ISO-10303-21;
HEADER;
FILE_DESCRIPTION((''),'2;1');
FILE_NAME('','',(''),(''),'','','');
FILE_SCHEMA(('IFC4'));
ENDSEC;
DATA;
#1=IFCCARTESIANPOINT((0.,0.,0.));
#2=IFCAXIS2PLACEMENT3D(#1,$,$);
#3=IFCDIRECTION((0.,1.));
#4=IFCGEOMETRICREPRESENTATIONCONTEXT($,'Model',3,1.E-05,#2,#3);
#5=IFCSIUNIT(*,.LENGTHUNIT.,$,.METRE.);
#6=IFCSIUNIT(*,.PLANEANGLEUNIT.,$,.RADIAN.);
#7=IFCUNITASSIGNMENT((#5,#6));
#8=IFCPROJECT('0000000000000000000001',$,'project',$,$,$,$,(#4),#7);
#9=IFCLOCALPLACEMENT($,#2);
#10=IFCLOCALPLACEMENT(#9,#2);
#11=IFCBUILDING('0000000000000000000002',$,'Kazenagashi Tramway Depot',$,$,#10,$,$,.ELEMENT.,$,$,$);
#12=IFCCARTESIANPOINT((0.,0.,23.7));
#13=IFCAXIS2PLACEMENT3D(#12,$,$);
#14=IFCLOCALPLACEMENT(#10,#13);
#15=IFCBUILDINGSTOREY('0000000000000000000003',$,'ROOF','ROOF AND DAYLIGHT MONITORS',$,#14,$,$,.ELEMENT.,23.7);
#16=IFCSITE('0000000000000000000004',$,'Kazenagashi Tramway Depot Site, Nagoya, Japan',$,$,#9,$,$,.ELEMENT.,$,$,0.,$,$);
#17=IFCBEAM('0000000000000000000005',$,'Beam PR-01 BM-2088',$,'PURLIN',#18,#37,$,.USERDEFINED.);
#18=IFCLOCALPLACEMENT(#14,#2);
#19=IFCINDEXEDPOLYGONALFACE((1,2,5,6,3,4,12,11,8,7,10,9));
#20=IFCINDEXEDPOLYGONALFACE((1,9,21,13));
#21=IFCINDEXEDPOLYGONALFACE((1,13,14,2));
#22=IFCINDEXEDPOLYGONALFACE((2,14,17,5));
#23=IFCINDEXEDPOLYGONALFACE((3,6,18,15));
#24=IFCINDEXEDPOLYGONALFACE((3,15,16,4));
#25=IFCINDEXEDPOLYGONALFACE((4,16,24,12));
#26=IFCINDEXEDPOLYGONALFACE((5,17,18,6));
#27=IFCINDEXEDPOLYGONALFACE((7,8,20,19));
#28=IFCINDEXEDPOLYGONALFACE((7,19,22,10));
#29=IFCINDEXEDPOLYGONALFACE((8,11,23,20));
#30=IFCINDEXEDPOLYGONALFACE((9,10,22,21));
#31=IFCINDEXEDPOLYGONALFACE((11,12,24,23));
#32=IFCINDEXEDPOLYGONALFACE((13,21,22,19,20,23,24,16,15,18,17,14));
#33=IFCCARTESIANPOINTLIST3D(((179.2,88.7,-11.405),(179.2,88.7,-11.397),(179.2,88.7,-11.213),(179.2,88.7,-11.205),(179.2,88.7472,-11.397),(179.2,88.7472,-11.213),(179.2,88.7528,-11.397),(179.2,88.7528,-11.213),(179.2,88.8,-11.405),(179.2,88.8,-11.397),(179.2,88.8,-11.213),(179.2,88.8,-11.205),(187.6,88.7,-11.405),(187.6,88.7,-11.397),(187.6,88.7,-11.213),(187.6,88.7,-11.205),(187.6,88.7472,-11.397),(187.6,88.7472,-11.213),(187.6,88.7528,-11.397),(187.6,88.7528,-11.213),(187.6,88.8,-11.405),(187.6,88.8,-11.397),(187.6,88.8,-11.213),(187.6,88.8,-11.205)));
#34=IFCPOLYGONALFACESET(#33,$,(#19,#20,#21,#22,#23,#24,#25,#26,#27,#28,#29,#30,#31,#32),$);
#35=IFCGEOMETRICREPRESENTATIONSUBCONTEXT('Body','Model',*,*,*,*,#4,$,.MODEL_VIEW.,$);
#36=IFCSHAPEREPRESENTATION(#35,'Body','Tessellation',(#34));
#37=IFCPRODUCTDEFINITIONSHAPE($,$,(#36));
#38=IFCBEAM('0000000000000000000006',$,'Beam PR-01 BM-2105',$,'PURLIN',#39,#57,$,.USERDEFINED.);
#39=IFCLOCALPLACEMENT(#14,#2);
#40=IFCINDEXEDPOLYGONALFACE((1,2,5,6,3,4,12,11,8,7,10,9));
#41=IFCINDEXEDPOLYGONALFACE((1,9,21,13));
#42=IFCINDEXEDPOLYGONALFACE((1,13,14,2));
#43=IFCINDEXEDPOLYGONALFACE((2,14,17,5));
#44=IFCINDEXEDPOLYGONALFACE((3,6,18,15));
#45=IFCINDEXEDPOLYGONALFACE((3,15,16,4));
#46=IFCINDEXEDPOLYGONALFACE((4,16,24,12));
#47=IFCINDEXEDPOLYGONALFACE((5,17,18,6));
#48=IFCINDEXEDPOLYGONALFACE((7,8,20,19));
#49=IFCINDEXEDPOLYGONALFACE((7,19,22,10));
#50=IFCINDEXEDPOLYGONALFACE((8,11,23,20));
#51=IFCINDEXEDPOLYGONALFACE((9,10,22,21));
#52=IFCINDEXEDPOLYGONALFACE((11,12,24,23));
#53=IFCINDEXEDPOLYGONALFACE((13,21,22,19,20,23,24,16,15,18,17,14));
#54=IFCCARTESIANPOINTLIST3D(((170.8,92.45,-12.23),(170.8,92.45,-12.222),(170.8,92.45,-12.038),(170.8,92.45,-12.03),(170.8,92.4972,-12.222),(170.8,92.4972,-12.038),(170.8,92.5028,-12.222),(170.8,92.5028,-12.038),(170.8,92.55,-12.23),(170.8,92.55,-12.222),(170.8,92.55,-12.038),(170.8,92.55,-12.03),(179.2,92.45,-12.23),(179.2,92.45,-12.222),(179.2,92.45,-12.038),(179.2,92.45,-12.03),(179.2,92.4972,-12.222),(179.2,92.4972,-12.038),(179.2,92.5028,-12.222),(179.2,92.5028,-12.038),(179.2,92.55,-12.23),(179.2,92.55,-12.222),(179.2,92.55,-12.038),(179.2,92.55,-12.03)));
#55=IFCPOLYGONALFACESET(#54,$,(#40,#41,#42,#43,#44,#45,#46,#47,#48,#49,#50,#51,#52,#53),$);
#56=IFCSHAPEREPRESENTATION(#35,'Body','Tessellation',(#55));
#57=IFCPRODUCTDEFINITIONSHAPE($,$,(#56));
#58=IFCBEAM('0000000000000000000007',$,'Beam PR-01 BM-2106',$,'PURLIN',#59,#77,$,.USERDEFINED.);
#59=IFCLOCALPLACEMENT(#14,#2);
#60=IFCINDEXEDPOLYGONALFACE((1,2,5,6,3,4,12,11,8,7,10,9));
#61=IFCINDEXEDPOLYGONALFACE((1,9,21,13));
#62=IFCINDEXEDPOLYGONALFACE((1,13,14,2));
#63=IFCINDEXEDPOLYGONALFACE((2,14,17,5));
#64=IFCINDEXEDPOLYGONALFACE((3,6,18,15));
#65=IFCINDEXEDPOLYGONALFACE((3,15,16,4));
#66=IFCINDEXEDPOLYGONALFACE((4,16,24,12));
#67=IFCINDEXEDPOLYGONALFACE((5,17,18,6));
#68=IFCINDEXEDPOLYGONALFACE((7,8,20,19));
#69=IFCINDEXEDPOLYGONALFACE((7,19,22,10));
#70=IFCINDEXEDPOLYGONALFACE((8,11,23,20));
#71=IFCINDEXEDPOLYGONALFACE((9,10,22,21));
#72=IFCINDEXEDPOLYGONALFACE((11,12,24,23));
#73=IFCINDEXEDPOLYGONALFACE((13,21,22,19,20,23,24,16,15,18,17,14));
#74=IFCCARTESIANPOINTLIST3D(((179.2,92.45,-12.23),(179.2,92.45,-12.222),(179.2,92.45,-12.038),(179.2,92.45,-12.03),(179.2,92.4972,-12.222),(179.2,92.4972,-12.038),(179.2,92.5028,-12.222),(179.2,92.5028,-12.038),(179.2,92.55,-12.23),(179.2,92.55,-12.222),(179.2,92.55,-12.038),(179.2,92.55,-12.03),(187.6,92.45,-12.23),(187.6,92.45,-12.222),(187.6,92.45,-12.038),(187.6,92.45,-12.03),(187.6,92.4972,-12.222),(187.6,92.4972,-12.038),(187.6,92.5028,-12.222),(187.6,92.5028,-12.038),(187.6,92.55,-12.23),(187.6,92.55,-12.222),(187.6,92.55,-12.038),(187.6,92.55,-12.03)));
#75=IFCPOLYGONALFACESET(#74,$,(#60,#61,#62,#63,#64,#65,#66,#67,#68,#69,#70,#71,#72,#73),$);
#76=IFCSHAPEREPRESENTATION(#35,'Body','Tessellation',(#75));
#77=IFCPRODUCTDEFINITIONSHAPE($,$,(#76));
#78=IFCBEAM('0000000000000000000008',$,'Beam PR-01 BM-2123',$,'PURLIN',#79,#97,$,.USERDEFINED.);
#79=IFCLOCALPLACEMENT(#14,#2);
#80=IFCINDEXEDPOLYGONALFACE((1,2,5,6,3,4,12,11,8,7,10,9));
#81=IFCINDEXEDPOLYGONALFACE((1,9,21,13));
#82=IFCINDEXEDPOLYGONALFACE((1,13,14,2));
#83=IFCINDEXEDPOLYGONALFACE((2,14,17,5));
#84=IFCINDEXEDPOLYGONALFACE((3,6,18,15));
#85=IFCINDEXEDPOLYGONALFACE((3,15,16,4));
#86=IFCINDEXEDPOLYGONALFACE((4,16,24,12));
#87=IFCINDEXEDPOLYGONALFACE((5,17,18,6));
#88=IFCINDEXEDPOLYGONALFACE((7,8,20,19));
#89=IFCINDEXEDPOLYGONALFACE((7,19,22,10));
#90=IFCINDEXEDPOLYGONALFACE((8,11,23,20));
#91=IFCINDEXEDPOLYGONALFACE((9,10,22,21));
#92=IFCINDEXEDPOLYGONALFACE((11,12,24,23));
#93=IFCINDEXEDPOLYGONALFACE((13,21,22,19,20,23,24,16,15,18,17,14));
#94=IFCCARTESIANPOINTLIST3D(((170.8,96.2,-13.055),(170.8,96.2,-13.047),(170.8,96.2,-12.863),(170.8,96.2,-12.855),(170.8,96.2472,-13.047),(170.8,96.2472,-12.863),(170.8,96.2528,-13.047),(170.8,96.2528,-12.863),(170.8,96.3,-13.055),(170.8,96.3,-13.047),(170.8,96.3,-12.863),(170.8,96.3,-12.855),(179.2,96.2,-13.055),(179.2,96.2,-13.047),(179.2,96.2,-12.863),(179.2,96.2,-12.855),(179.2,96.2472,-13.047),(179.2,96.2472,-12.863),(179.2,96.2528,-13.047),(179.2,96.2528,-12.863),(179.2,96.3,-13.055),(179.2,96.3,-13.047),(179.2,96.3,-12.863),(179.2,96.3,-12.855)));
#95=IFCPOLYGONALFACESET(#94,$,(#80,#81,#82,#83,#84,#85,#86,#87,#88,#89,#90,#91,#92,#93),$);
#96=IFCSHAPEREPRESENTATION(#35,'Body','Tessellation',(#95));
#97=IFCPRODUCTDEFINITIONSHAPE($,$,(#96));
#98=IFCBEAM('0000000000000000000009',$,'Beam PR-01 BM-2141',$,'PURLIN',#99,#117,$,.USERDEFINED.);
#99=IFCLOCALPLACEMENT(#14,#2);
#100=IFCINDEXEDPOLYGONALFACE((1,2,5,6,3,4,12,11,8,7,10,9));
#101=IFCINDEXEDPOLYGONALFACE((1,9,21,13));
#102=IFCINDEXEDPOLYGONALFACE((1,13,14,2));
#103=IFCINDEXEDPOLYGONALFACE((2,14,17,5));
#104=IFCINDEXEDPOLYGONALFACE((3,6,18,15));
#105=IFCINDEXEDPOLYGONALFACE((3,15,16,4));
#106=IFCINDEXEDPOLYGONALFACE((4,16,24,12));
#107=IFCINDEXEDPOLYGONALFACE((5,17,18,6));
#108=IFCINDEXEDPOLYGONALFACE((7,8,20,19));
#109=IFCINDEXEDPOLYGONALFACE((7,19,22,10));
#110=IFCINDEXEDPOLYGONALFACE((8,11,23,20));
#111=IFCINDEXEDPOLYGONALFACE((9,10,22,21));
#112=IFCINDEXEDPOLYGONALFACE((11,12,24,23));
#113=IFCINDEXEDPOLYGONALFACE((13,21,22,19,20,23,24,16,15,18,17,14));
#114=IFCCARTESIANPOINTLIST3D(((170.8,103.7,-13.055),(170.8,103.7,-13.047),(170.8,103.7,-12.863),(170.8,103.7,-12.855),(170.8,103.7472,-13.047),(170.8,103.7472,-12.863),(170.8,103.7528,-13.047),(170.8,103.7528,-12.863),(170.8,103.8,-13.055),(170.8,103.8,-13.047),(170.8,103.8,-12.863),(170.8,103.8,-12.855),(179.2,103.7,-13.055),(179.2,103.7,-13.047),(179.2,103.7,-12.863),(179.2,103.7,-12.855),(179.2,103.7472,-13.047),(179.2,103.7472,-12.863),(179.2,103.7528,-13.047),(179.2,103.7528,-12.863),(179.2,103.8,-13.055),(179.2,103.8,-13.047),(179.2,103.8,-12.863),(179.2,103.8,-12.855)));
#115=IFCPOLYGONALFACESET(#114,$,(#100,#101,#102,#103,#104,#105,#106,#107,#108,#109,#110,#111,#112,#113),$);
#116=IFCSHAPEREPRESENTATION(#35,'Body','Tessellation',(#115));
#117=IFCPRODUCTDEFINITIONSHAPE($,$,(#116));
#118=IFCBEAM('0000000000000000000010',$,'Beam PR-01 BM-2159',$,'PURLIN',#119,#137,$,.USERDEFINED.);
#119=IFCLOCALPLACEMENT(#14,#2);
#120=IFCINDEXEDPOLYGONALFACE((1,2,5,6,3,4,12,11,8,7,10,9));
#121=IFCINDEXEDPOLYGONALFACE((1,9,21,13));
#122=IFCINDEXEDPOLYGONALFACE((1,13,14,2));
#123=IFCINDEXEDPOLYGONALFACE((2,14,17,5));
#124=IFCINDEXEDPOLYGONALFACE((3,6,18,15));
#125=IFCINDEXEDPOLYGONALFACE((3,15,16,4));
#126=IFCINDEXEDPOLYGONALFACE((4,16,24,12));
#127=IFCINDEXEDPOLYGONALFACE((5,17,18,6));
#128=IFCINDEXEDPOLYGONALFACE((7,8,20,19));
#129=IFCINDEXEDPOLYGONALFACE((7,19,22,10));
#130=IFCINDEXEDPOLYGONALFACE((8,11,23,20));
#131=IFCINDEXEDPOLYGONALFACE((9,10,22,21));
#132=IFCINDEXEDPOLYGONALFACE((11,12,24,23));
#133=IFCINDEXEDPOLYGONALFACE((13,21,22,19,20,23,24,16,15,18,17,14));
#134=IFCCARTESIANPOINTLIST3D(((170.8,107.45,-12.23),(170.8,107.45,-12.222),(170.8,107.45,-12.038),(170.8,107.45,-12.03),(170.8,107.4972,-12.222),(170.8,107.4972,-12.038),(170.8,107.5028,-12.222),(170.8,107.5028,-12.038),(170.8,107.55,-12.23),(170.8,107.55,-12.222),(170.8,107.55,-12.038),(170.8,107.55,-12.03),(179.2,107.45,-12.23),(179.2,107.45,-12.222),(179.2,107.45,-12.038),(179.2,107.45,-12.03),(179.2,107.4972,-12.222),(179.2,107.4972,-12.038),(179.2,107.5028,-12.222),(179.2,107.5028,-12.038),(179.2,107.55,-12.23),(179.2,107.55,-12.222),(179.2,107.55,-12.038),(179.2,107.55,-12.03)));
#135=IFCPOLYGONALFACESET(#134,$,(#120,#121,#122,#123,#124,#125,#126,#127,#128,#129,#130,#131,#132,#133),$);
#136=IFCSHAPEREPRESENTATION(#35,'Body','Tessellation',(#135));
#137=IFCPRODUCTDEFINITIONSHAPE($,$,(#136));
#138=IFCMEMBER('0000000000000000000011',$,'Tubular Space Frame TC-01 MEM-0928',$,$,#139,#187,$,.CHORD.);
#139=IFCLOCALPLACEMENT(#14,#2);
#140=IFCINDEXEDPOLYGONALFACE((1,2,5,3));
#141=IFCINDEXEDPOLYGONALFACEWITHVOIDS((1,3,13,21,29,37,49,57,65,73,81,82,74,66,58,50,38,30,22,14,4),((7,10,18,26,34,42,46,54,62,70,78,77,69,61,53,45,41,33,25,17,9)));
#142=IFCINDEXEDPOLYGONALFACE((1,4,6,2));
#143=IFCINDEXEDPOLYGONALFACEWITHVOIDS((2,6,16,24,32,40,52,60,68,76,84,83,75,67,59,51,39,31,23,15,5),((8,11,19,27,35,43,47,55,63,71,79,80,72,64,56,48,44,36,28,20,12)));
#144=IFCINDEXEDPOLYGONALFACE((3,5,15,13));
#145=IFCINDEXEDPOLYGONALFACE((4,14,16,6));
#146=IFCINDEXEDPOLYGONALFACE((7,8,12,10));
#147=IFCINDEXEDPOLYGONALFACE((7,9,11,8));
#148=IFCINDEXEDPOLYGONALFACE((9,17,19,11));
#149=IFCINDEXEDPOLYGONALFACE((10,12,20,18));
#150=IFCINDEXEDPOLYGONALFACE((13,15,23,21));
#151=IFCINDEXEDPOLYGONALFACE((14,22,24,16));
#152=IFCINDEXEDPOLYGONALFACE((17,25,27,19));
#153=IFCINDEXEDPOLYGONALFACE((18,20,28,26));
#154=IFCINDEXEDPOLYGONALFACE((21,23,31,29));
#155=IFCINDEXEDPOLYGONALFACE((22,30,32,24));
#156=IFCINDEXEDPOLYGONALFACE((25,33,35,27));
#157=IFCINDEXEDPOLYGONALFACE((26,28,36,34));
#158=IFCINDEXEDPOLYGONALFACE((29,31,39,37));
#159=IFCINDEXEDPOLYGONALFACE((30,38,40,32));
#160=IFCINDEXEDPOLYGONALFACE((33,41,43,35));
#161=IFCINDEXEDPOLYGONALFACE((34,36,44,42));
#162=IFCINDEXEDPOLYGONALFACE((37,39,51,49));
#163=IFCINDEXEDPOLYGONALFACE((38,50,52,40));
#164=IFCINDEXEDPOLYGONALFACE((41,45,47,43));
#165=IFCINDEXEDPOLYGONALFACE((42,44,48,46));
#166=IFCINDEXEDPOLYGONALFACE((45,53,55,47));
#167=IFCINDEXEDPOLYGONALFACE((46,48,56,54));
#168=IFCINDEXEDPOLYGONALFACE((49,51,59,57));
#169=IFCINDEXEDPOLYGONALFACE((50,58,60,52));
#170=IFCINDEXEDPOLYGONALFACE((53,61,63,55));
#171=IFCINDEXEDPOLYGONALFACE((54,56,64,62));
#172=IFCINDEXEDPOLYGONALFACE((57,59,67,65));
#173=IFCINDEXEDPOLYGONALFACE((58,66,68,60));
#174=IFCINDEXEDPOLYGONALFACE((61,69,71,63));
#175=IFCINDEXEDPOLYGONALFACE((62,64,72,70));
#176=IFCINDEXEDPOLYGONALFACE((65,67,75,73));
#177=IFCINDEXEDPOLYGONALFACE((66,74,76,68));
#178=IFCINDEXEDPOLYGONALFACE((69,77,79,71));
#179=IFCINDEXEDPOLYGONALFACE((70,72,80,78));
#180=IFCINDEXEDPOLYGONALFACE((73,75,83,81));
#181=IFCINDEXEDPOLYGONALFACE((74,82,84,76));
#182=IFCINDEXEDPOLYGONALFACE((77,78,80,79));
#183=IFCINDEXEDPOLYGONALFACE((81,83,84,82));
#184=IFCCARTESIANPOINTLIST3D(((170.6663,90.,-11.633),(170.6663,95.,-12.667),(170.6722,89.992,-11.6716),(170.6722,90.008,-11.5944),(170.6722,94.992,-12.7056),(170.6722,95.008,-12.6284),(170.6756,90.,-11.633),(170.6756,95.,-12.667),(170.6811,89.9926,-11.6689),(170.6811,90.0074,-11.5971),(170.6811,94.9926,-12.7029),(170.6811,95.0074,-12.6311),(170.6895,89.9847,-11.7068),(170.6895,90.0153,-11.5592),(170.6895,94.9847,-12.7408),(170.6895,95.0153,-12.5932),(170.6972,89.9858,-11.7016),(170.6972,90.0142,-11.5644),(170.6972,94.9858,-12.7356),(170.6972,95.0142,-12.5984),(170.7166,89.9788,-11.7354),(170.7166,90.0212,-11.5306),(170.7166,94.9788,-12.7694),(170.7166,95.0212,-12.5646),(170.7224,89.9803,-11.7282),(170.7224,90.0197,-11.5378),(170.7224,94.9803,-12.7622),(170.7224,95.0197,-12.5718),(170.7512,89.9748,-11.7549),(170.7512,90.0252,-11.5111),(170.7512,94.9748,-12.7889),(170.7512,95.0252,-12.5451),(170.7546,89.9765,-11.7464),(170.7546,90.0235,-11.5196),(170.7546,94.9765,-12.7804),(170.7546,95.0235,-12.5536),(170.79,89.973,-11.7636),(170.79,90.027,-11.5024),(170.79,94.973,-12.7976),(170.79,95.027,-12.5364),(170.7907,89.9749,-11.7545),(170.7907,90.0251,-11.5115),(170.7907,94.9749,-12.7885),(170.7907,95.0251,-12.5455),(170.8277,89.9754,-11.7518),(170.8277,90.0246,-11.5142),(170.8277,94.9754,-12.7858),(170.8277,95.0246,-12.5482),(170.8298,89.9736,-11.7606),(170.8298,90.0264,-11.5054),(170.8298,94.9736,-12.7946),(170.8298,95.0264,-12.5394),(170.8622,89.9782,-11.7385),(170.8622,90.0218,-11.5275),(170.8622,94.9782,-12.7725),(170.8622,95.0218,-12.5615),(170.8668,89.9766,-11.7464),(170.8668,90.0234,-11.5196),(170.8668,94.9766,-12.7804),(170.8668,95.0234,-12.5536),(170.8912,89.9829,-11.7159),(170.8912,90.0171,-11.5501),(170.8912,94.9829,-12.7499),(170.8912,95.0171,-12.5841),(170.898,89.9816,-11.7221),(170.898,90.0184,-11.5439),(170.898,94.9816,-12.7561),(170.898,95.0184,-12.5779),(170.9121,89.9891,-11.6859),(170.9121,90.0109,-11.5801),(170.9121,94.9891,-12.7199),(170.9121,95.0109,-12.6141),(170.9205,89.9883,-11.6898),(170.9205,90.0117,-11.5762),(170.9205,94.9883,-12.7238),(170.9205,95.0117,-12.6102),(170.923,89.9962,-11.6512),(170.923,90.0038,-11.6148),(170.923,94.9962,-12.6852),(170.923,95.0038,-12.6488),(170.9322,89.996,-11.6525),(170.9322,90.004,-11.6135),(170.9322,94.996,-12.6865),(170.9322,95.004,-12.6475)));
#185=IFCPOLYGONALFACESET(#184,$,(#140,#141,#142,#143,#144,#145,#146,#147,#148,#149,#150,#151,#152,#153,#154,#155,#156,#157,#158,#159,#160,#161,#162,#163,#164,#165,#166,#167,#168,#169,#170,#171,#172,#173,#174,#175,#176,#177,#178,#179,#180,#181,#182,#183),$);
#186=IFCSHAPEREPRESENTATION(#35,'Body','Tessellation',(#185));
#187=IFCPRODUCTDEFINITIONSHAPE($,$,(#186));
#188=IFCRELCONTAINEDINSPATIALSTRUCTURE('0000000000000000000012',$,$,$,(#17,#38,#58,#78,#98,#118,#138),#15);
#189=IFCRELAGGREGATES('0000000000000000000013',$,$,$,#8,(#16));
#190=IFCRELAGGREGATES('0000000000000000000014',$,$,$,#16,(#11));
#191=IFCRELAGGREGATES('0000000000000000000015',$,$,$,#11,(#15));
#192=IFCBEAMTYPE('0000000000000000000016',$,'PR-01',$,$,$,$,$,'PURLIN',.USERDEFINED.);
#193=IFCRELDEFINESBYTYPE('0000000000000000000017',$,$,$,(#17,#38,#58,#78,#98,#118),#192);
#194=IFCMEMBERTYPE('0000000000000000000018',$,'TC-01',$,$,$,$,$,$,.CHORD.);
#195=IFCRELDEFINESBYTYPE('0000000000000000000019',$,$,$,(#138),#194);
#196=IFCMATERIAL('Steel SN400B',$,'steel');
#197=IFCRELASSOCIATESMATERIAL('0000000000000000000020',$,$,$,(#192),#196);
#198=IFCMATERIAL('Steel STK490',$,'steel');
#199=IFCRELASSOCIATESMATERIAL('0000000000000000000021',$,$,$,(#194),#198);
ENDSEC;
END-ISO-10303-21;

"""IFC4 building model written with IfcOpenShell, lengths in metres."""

from ifc_helpers import new_model, si_unit, direction, frame, origin, origin_2d, place, context, subcontext, project, spatial, hollow_circle, i_section, extrude, material, material_profile, profile_set, type_object, element, save


model = new_model("IFC4")

# Units and contexts
model_context = context("Model", 3, precision=1e-05, world=origin(), true_north=direction((0.0, 1.0)))
body_context = subcontext(model_context, "Body", "Model", "MODEL_VIEW")
ifc_project = project(units=[si_unit("LENGTHUNIT", "METRE"), si_unit("PLANEANGLEUNIT", "RADIAN")], contexts=[model_context])

# Site, building, storey
site_placement = place(None, origin())
site = spatial("IfcSite", under=ifc_project, at=site_placement, Name="Kazenagashi Tramway Depot Site, Nagoya, Japan", CompositionType="ELEMENT", RefElevation=0.0)
building_placement = place(site_placement, origin())
building = spatial("IfcBuilding", under=site, at=building_placement, Name="Kazenagashi Tramway Depot", CompositionType="ELEMENT")
storey_placement = place(building_placement, frame((0.0, 0.0, 23.7)))
storey = spatial("IfcBuildingStorey", under=building, at=storey_placement, Name="ROOF", Description="ROOF AND DAYLIGHT MONITORS", CompositionType="ELEMENT", Elevation=23.7)

# Beams
ifc_material_1 = material(Name="Steel SN400B", Category="steel")
ifc_material_profile_1 = material_profile(ifc_material_1, i_section(OverallWidth=0.1, OverallDepth=0.2, WebThickness=0.0055, FlangeThickness=0.008, at=origin_2d()), Name="H-200x100x5.5x8")
ifc_profile_set_1 = profile_set([ifc_material_profile_1], Name="Steel SN400B")
beam_type = type_object("IfcBeamType", Name="PR-01", ElementType="PURLIN", PredefinedType="USERDEFINED", material=ifc_profile_set_1)
for number, where, z_axis, x_axis, name in (
    (1, (179.2, 88.75, -11.305), (1.0, 0.0, 0.0), (0.0, 1.0, 0.0), "Beam PR-01 BM-2088"),
    (2, (170.8, 92.5, -12.13), (1.0, 0.0, 0.0), (0.0, 1.0, 0.0), "Beam PR-01 BM-2105"),
    (3, (179.2, 92.5, -12.13), (1.0, 0.0, 0.0), (0.0, 1.0, 0.0), "Beam PR-01 BM-2106"),
    (4, (170.8, 96.25, -12.955), (1.0, 0.0, 0.0), (0.0, 1.0, 0.0), "Beam PR-01 BM-2123"),
    (5, (170.8, 103.75, -12.955), (1.0, 0.0, 0.0), (0.0, 1.0, 0.0), "Beam PR-01 BM-2141"),
    (6, (170.8, 107.5, -12.13), (1.0, 0.0, 0.0), (0.0, 1.0, 0.0), "Beam PR-01 BM-2159"),
):
    element("IfcBeam", number, at=place(storey_placement, frame(where, z_axis=z_axis, x_axis=x_axis)), inside=storey, type_object=beam_type, Name=name, ObjectType="PURLIN", PredefinedType="USERDEFINED", context=body_context, shape_type="SweptSolid", body=[
        extrude(i_section(OverallWidth=0.1, OverallDepth=0.2, WebThickness=0.0055, FlangeThickness=0.008, at=origin_2d()), origin(), (0.0, 0.0, 1.0), 8.4),
    ])

# Member
ifc_material_2 = material(Name="Steel STK490", Category="steel")
ifc_material_profile_2 = material_profile(ifc_material_2, hollow_circle(Radius=0.1337, WallThickness=0.0093, at=origin_2d()), Name="CHS-267.4x9.3")
ifc_profile_set_2 = profile_set([ifc_material_profile_2], Name="Steel STK490")
member_type_1 = type_object("IfcMemberType", Name="TC-01", PredefinedType="CHORD", material=ifc_profile_set_2)
member_1_placement = place(storey_placement, frame((170.8, 90.0, -11.633), z_axis=(0.0, 0.979279, -0.202515), x_axis=(-1.0, 0.0, 0.0)))
element("IfcMember", 7, at=member_1_placement, inside=storey, type_object=member_type_1, Name="Tubular Space Frame TC-01 MEM-0928", PredefinedType="CHORD", context=body_context, shape_type="SweptSolid", body=[
    extrude(hollow_circle(Radius=0.1337, WallThickness=0.0093, at=origin_2d()), origin(), (0.0, 0.0, 1.0), 5.1058),
])

save(model, "model.ifc")
